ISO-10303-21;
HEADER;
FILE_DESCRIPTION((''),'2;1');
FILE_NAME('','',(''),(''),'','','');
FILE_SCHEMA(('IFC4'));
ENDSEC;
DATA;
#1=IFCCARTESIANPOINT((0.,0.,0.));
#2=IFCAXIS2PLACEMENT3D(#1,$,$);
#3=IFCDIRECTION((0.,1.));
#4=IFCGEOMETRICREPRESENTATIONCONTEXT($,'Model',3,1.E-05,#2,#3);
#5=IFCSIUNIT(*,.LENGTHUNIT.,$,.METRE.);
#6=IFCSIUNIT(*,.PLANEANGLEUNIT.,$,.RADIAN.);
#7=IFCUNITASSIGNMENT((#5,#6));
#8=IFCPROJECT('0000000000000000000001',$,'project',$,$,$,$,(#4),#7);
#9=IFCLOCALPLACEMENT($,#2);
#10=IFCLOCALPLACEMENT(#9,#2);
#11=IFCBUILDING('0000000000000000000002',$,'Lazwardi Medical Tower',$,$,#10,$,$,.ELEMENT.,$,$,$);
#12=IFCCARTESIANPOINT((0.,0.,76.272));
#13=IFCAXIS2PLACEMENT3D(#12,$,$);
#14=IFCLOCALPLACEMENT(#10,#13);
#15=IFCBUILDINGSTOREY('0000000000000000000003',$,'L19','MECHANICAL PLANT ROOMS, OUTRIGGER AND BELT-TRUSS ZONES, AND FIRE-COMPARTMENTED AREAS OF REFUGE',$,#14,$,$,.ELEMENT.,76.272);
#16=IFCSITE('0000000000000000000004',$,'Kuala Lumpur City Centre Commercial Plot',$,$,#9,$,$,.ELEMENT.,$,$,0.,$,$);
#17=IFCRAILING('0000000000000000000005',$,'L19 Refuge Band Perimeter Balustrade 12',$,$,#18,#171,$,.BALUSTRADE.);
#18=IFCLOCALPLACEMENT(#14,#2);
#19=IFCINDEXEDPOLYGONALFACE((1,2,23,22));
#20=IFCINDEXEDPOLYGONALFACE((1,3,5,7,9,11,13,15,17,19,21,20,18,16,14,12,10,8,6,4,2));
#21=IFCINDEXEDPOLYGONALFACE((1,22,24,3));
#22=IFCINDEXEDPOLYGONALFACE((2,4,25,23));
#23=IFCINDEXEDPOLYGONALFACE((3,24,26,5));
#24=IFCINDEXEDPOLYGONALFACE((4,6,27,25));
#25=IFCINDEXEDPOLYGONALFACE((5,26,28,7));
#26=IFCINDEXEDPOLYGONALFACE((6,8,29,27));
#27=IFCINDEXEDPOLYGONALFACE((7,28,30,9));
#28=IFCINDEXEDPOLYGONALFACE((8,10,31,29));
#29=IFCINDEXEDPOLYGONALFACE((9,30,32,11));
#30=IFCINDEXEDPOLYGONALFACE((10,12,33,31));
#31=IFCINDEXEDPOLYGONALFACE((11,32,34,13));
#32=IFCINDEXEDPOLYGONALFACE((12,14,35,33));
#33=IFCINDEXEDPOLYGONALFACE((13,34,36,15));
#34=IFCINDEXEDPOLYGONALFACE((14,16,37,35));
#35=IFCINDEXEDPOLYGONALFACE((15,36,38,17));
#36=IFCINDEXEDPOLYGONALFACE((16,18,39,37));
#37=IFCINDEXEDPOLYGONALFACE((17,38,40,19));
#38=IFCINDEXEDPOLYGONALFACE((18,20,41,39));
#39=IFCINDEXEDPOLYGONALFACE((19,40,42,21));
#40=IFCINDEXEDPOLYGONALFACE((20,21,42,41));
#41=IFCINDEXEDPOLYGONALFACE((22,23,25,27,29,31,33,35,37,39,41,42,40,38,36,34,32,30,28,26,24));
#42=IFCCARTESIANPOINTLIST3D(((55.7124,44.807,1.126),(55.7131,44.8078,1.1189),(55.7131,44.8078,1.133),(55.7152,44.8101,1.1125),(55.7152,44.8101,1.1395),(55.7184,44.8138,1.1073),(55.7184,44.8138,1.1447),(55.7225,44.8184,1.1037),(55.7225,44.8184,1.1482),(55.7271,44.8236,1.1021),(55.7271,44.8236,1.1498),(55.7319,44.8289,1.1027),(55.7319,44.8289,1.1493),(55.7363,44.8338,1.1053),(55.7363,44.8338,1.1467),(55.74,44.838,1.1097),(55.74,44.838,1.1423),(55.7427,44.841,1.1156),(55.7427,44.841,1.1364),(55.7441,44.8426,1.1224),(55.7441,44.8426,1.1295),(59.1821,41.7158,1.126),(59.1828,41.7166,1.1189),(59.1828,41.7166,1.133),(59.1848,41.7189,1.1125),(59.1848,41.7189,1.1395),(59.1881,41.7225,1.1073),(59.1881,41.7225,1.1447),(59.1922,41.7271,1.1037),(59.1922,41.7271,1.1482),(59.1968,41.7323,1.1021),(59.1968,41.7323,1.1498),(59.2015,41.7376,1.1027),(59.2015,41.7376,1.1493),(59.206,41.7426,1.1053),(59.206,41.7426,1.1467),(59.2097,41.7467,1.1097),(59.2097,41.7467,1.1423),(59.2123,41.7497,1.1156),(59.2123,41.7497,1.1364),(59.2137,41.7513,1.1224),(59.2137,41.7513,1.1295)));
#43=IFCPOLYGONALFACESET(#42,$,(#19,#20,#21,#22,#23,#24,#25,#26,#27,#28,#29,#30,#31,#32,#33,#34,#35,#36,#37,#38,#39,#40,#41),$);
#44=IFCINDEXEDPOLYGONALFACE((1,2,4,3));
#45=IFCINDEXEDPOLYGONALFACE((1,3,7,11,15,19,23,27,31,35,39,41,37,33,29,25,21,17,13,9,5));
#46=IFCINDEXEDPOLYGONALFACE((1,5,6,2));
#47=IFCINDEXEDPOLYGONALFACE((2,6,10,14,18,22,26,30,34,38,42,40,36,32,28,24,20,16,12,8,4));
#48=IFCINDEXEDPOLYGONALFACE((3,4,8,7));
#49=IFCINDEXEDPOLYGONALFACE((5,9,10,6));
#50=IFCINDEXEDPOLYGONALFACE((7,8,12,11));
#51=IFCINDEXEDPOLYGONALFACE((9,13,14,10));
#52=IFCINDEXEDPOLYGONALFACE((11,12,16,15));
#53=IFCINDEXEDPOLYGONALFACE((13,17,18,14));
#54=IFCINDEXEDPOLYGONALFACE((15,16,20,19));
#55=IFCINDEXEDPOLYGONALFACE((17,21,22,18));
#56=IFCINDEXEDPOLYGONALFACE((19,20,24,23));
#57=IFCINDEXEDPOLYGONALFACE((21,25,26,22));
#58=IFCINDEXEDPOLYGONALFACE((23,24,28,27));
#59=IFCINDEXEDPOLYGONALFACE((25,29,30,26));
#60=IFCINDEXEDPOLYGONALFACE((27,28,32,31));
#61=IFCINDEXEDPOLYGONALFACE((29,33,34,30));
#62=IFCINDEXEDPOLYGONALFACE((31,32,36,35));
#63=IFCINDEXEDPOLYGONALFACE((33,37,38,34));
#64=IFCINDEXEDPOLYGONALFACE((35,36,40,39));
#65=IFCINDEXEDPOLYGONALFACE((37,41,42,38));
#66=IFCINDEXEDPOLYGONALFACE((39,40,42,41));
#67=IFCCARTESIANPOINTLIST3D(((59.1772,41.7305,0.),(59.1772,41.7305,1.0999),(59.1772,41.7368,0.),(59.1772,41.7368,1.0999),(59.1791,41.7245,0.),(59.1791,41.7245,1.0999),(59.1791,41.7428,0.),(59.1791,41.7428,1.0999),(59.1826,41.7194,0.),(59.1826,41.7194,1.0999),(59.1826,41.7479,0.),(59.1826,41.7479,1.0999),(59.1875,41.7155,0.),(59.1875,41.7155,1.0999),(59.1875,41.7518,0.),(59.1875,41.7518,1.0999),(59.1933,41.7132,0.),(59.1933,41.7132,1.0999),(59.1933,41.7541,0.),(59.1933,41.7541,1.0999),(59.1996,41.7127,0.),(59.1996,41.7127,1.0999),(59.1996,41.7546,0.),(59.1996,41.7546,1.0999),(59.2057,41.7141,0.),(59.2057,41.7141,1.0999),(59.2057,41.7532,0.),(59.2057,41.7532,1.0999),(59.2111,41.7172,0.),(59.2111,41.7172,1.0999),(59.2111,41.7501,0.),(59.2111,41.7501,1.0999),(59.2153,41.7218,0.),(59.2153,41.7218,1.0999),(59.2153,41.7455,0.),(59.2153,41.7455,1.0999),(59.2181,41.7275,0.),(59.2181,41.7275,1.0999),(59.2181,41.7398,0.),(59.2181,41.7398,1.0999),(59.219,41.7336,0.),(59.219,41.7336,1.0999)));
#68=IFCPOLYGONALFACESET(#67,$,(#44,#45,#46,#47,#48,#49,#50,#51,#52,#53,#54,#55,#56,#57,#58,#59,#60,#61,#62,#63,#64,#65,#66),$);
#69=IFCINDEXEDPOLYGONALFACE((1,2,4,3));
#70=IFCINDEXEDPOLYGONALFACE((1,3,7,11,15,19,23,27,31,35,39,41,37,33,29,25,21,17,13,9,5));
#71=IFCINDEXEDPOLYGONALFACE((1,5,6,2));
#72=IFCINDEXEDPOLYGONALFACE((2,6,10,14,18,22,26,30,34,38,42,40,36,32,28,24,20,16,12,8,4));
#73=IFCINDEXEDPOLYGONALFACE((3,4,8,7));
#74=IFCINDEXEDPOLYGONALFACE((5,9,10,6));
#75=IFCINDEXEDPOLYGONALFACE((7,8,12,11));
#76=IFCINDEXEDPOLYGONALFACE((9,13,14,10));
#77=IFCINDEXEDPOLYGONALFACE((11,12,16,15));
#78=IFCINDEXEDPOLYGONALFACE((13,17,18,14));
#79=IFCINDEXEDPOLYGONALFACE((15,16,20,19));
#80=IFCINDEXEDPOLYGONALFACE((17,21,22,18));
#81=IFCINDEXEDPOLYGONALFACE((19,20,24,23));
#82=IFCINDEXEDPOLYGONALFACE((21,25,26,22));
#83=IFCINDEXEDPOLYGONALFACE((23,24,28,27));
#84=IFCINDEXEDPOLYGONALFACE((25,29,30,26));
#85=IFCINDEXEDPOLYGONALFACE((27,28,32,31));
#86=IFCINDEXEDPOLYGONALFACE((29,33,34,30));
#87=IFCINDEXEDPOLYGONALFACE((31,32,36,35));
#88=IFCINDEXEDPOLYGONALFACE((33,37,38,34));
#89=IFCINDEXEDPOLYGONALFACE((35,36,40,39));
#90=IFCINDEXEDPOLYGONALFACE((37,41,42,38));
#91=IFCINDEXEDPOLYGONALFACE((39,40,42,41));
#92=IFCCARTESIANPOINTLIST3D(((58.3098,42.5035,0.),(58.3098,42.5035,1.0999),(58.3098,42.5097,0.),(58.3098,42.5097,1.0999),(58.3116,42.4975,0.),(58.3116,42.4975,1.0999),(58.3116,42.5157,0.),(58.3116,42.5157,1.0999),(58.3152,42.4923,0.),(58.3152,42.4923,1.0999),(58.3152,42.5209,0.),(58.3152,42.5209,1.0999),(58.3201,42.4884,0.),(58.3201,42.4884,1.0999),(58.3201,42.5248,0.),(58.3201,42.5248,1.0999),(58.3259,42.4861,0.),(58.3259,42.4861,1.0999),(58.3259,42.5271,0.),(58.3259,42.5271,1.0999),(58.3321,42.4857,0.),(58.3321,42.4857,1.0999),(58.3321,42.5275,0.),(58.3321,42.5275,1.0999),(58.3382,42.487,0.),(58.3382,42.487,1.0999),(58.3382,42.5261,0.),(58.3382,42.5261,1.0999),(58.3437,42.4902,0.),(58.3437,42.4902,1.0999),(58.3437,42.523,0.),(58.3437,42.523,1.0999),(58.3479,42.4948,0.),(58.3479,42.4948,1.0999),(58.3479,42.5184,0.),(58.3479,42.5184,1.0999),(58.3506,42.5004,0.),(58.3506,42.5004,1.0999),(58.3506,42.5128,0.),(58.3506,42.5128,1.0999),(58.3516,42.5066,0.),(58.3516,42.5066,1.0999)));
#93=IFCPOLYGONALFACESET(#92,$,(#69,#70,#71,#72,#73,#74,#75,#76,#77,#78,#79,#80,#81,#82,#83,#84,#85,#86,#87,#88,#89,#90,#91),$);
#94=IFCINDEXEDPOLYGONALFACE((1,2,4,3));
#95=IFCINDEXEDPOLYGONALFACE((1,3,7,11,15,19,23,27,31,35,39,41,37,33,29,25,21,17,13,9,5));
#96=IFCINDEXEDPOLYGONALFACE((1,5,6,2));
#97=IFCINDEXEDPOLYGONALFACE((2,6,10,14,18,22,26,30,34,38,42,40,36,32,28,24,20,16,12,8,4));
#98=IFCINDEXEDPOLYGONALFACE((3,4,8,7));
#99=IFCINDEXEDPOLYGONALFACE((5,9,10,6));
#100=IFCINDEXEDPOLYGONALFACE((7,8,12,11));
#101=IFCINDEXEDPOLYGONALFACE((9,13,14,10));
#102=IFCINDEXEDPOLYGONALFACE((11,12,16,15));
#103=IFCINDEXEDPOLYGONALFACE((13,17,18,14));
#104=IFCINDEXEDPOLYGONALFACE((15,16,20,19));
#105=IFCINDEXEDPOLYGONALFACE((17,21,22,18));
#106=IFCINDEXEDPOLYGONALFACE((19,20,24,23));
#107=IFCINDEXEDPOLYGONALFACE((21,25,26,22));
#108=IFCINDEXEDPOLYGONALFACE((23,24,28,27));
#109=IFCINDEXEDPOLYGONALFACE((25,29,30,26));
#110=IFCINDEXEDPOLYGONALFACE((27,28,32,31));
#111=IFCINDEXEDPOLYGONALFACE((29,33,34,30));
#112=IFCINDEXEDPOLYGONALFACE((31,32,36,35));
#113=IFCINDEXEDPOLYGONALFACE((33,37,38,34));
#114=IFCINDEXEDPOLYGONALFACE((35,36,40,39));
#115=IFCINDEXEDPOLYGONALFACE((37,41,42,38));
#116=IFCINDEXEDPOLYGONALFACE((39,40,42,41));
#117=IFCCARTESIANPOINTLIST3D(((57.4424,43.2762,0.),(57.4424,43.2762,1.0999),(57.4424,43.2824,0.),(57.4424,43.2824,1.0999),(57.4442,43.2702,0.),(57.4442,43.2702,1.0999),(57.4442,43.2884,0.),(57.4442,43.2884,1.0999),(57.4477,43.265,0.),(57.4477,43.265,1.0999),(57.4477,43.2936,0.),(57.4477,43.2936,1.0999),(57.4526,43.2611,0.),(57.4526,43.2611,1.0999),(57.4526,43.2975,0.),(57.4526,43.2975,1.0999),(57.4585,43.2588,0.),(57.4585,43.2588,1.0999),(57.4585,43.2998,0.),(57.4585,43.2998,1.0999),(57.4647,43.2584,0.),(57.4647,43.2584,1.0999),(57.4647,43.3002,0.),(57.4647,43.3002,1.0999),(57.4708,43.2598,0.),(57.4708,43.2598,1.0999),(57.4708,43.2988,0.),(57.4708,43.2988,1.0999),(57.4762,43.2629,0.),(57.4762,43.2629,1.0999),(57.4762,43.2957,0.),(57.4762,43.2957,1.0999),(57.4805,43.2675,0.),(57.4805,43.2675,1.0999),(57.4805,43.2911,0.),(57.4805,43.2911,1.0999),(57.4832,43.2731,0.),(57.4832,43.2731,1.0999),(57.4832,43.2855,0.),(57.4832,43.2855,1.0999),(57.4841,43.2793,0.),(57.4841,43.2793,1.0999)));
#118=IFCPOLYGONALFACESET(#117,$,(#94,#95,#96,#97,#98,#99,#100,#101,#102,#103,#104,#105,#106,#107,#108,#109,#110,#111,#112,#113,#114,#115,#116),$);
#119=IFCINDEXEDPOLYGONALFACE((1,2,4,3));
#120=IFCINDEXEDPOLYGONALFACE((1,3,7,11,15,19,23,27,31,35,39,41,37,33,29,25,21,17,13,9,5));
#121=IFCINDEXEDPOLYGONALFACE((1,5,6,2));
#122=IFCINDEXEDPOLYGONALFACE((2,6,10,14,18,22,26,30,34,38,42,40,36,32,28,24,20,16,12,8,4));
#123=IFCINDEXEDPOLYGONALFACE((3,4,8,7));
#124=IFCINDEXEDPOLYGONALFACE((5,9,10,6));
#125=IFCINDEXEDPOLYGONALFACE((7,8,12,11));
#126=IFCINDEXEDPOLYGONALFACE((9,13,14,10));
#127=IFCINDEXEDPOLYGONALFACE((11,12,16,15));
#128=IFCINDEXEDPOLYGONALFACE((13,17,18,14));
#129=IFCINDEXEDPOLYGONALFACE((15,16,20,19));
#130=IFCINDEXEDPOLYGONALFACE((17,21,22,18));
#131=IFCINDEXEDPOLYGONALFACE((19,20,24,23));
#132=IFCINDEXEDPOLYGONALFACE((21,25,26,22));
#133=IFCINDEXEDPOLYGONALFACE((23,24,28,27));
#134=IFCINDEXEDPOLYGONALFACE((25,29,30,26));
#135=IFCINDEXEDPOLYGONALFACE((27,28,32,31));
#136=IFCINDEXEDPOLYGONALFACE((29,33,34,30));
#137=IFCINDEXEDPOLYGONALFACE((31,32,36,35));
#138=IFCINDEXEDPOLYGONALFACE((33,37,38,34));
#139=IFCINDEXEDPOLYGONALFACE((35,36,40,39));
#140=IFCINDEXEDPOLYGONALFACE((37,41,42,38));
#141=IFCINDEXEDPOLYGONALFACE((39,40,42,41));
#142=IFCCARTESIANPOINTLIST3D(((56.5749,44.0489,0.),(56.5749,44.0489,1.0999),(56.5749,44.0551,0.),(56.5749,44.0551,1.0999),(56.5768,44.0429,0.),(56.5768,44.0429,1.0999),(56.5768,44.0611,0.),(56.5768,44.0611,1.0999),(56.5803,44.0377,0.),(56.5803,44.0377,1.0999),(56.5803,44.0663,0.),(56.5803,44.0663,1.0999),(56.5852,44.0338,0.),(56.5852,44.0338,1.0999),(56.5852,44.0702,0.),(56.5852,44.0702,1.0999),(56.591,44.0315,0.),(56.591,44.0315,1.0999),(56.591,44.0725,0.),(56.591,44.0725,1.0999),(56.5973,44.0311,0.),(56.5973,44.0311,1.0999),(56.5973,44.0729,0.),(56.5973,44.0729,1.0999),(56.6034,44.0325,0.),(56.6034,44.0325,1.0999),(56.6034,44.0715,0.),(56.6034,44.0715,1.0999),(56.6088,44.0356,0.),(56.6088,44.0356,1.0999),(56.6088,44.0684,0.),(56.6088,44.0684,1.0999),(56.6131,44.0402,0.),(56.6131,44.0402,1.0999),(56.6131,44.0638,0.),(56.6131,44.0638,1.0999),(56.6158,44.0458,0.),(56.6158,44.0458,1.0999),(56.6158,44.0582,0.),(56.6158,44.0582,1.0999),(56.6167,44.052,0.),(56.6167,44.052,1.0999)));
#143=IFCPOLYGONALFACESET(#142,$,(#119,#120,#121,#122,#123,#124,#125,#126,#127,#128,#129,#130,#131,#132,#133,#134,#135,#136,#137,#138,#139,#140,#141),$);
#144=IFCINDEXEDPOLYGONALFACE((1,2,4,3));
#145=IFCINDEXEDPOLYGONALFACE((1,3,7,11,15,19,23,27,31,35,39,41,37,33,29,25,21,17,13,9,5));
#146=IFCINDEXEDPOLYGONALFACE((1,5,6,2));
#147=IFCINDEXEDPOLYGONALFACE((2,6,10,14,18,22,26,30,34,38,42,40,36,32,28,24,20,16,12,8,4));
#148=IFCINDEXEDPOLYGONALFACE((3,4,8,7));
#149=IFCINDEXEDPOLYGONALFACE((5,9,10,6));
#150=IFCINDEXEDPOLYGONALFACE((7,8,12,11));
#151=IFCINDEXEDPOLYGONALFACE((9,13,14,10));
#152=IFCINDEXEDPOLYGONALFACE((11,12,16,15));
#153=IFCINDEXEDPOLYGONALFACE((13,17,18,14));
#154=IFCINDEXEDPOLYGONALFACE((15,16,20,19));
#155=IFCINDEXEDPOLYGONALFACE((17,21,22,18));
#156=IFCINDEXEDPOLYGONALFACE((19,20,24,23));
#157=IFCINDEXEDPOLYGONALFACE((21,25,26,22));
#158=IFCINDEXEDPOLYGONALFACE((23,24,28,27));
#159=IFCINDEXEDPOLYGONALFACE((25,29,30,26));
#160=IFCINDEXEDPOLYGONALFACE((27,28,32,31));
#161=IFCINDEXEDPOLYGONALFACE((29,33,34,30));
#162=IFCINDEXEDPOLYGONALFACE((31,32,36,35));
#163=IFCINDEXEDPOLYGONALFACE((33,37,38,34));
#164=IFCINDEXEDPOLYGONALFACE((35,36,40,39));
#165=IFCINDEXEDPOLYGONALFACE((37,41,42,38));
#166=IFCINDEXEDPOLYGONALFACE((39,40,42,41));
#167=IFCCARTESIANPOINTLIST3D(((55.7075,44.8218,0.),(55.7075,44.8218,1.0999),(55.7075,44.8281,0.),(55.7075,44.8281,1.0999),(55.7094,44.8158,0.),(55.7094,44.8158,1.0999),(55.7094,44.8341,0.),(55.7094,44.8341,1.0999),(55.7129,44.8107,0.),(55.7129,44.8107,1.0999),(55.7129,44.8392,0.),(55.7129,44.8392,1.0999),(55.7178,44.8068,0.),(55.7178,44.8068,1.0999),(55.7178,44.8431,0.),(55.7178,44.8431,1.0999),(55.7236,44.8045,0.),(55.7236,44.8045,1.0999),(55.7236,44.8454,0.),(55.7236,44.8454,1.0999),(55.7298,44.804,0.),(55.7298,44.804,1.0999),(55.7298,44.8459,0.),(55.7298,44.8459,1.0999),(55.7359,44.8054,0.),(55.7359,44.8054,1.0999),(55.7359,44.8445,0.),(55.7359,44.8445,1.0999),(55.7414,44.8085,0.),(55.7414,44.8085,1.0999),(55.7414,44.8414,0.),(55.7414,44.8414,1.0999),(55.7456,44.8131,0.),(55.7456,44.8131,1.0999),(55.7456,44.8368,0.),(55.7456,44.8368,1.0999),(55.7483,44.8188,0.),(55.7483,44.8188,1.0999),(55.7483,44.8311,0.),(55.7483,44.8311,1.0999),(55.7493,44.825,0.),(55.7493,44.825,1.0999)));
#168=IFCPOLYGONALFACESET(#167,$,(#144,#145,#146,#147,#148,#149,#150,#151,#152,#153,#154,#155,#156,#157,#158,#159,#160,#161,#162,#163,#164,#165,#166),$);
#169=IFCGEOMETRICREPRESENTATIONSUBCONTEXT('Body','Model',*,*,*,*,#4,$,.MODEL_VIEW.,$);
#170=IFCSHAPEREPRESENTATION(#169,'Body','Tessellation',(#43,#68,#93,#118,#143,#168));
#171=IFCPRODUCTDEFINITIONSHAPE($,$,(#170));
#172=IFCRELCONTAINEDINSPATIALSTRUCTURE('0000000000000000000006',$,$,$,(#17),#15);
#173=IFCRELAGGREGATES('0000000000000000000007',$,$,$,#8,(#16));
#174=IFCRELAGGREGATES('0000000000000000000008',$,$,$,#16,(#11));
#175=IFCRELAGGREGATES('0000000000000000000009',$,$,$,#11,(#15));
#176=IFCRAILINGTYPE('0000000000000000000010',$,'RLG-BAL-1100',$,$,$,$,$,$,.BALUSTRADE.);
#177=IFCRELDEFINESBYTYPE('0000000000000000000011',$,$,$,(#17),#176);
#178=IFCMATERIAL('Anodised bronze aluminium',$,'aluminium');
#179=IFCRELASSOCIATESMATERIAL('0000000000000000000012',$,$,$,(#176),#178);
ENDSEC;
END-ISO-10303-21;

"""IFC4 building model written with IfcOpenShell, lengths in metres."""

from ifc_helpers import new_model, si_unit, direction, frame, origin, origin_2d, place, context, subcontext, project, spatial, circle, extrude, material, type_object, element, save


model = new_model("IFC4")

# Units and contexts
model_context = context("Model", 3, precision=1e-05, world=origin(), true_north=direction((0.0, 1.0)))
body_context = subcontext(model_context, "Body", "Model", "MODEL_VIEW")
ifc_project = project(units=[si_unit("LENGTHUNIT", "METRE"), si_unit("PLANEANGLEUNIT", "RADIAN")], contexts=[model_context])

# Site, building, storey
site_placement = place(None, origin())
site = spatial("IfcSite", under=ifc_project, at=site_placement, Name="Kuala Lumpur City Centre Commercial Plot", CompositionType="ELEMENT", RefElevation=0.0)
building_placement = place(site_placement, origin())
building = spatial("IfcBuilding", under=site, at=building_placement, Name="Lazwardi Medical Tower", CompositionType="ELEMENT")
storey_placement = place(building_placement, frame((0.0, 0.0, 76.272)))
storey = spatial("IfcBuildingStorey", under=building, at=storey_placement, Name="L19", Description="MECHANICAL PLANT ROOMS, OUTRIGGER AND BELT-TRUSS ZONES, AND FIRE-COMPARTMENTED AREAS OF REFUGE", CompositionType="ELEMENT", Elevation=76.272)

# Railing
ifc_material_1 = material(Name="Anodised bronze aluminium", Category="aluminium")
railing_type = type_object("IfcRailingType", Name="RLG-BAL-1100", PredefinedType="BALUSTRADE", material=ifc_material_1)
railing_1_placement = place(storey_placement, frame((59.198, 41.7336, 0.0)))
element("IfcRailing", 1, at=railing_1_placement, inside=storey, type_object=railing_type, Name="L19 Refuge Band Perimeter Balustrade 12", PredefinedType="BALUSTRADE", context=body_context, shape_type="SweptSolid", body=[
    extrude(circle(Radius=0.0239, at=origin_2d()), frame((0.0, 0.0, 1.126), z_axis=(-0.746649, 0.665218, 0.0), x_axis=(-0.665218, -0.746649, 0.0)), (0.0, 0.0, 1.0), 4.647),
    extrude(circle(Radius=0.021, at=origin_2d()), origin(), (0.0, 0.0, 1.0), 1.0999),
    extrude(circle(Radius=0.021, at=origin_2d()), frame((-0.8674, 0.7729, 0.0)), (0.0, 0.0, 1.0), 1.0999),
    extrude(circle(Radius=0.021, at=origin_2d()), frame((-1.7349, 1.5457, 0.0)), (0.0, 0.0, 1.0), 1.0999),
    extrude(circle(Radius=0.021, at=origin_2d()), frame((-2.6023, 2.3184, 0.0)), (0.0, 0.0, 1.0), 1.0999),
    extrude(circle(Radius=0.021, at=origin_2d()), frame((-3.4697, 3.0913, 0.0)), (0.0, 0.0, 1.0), 1.0999),
])

save(model, "model.ifc")
